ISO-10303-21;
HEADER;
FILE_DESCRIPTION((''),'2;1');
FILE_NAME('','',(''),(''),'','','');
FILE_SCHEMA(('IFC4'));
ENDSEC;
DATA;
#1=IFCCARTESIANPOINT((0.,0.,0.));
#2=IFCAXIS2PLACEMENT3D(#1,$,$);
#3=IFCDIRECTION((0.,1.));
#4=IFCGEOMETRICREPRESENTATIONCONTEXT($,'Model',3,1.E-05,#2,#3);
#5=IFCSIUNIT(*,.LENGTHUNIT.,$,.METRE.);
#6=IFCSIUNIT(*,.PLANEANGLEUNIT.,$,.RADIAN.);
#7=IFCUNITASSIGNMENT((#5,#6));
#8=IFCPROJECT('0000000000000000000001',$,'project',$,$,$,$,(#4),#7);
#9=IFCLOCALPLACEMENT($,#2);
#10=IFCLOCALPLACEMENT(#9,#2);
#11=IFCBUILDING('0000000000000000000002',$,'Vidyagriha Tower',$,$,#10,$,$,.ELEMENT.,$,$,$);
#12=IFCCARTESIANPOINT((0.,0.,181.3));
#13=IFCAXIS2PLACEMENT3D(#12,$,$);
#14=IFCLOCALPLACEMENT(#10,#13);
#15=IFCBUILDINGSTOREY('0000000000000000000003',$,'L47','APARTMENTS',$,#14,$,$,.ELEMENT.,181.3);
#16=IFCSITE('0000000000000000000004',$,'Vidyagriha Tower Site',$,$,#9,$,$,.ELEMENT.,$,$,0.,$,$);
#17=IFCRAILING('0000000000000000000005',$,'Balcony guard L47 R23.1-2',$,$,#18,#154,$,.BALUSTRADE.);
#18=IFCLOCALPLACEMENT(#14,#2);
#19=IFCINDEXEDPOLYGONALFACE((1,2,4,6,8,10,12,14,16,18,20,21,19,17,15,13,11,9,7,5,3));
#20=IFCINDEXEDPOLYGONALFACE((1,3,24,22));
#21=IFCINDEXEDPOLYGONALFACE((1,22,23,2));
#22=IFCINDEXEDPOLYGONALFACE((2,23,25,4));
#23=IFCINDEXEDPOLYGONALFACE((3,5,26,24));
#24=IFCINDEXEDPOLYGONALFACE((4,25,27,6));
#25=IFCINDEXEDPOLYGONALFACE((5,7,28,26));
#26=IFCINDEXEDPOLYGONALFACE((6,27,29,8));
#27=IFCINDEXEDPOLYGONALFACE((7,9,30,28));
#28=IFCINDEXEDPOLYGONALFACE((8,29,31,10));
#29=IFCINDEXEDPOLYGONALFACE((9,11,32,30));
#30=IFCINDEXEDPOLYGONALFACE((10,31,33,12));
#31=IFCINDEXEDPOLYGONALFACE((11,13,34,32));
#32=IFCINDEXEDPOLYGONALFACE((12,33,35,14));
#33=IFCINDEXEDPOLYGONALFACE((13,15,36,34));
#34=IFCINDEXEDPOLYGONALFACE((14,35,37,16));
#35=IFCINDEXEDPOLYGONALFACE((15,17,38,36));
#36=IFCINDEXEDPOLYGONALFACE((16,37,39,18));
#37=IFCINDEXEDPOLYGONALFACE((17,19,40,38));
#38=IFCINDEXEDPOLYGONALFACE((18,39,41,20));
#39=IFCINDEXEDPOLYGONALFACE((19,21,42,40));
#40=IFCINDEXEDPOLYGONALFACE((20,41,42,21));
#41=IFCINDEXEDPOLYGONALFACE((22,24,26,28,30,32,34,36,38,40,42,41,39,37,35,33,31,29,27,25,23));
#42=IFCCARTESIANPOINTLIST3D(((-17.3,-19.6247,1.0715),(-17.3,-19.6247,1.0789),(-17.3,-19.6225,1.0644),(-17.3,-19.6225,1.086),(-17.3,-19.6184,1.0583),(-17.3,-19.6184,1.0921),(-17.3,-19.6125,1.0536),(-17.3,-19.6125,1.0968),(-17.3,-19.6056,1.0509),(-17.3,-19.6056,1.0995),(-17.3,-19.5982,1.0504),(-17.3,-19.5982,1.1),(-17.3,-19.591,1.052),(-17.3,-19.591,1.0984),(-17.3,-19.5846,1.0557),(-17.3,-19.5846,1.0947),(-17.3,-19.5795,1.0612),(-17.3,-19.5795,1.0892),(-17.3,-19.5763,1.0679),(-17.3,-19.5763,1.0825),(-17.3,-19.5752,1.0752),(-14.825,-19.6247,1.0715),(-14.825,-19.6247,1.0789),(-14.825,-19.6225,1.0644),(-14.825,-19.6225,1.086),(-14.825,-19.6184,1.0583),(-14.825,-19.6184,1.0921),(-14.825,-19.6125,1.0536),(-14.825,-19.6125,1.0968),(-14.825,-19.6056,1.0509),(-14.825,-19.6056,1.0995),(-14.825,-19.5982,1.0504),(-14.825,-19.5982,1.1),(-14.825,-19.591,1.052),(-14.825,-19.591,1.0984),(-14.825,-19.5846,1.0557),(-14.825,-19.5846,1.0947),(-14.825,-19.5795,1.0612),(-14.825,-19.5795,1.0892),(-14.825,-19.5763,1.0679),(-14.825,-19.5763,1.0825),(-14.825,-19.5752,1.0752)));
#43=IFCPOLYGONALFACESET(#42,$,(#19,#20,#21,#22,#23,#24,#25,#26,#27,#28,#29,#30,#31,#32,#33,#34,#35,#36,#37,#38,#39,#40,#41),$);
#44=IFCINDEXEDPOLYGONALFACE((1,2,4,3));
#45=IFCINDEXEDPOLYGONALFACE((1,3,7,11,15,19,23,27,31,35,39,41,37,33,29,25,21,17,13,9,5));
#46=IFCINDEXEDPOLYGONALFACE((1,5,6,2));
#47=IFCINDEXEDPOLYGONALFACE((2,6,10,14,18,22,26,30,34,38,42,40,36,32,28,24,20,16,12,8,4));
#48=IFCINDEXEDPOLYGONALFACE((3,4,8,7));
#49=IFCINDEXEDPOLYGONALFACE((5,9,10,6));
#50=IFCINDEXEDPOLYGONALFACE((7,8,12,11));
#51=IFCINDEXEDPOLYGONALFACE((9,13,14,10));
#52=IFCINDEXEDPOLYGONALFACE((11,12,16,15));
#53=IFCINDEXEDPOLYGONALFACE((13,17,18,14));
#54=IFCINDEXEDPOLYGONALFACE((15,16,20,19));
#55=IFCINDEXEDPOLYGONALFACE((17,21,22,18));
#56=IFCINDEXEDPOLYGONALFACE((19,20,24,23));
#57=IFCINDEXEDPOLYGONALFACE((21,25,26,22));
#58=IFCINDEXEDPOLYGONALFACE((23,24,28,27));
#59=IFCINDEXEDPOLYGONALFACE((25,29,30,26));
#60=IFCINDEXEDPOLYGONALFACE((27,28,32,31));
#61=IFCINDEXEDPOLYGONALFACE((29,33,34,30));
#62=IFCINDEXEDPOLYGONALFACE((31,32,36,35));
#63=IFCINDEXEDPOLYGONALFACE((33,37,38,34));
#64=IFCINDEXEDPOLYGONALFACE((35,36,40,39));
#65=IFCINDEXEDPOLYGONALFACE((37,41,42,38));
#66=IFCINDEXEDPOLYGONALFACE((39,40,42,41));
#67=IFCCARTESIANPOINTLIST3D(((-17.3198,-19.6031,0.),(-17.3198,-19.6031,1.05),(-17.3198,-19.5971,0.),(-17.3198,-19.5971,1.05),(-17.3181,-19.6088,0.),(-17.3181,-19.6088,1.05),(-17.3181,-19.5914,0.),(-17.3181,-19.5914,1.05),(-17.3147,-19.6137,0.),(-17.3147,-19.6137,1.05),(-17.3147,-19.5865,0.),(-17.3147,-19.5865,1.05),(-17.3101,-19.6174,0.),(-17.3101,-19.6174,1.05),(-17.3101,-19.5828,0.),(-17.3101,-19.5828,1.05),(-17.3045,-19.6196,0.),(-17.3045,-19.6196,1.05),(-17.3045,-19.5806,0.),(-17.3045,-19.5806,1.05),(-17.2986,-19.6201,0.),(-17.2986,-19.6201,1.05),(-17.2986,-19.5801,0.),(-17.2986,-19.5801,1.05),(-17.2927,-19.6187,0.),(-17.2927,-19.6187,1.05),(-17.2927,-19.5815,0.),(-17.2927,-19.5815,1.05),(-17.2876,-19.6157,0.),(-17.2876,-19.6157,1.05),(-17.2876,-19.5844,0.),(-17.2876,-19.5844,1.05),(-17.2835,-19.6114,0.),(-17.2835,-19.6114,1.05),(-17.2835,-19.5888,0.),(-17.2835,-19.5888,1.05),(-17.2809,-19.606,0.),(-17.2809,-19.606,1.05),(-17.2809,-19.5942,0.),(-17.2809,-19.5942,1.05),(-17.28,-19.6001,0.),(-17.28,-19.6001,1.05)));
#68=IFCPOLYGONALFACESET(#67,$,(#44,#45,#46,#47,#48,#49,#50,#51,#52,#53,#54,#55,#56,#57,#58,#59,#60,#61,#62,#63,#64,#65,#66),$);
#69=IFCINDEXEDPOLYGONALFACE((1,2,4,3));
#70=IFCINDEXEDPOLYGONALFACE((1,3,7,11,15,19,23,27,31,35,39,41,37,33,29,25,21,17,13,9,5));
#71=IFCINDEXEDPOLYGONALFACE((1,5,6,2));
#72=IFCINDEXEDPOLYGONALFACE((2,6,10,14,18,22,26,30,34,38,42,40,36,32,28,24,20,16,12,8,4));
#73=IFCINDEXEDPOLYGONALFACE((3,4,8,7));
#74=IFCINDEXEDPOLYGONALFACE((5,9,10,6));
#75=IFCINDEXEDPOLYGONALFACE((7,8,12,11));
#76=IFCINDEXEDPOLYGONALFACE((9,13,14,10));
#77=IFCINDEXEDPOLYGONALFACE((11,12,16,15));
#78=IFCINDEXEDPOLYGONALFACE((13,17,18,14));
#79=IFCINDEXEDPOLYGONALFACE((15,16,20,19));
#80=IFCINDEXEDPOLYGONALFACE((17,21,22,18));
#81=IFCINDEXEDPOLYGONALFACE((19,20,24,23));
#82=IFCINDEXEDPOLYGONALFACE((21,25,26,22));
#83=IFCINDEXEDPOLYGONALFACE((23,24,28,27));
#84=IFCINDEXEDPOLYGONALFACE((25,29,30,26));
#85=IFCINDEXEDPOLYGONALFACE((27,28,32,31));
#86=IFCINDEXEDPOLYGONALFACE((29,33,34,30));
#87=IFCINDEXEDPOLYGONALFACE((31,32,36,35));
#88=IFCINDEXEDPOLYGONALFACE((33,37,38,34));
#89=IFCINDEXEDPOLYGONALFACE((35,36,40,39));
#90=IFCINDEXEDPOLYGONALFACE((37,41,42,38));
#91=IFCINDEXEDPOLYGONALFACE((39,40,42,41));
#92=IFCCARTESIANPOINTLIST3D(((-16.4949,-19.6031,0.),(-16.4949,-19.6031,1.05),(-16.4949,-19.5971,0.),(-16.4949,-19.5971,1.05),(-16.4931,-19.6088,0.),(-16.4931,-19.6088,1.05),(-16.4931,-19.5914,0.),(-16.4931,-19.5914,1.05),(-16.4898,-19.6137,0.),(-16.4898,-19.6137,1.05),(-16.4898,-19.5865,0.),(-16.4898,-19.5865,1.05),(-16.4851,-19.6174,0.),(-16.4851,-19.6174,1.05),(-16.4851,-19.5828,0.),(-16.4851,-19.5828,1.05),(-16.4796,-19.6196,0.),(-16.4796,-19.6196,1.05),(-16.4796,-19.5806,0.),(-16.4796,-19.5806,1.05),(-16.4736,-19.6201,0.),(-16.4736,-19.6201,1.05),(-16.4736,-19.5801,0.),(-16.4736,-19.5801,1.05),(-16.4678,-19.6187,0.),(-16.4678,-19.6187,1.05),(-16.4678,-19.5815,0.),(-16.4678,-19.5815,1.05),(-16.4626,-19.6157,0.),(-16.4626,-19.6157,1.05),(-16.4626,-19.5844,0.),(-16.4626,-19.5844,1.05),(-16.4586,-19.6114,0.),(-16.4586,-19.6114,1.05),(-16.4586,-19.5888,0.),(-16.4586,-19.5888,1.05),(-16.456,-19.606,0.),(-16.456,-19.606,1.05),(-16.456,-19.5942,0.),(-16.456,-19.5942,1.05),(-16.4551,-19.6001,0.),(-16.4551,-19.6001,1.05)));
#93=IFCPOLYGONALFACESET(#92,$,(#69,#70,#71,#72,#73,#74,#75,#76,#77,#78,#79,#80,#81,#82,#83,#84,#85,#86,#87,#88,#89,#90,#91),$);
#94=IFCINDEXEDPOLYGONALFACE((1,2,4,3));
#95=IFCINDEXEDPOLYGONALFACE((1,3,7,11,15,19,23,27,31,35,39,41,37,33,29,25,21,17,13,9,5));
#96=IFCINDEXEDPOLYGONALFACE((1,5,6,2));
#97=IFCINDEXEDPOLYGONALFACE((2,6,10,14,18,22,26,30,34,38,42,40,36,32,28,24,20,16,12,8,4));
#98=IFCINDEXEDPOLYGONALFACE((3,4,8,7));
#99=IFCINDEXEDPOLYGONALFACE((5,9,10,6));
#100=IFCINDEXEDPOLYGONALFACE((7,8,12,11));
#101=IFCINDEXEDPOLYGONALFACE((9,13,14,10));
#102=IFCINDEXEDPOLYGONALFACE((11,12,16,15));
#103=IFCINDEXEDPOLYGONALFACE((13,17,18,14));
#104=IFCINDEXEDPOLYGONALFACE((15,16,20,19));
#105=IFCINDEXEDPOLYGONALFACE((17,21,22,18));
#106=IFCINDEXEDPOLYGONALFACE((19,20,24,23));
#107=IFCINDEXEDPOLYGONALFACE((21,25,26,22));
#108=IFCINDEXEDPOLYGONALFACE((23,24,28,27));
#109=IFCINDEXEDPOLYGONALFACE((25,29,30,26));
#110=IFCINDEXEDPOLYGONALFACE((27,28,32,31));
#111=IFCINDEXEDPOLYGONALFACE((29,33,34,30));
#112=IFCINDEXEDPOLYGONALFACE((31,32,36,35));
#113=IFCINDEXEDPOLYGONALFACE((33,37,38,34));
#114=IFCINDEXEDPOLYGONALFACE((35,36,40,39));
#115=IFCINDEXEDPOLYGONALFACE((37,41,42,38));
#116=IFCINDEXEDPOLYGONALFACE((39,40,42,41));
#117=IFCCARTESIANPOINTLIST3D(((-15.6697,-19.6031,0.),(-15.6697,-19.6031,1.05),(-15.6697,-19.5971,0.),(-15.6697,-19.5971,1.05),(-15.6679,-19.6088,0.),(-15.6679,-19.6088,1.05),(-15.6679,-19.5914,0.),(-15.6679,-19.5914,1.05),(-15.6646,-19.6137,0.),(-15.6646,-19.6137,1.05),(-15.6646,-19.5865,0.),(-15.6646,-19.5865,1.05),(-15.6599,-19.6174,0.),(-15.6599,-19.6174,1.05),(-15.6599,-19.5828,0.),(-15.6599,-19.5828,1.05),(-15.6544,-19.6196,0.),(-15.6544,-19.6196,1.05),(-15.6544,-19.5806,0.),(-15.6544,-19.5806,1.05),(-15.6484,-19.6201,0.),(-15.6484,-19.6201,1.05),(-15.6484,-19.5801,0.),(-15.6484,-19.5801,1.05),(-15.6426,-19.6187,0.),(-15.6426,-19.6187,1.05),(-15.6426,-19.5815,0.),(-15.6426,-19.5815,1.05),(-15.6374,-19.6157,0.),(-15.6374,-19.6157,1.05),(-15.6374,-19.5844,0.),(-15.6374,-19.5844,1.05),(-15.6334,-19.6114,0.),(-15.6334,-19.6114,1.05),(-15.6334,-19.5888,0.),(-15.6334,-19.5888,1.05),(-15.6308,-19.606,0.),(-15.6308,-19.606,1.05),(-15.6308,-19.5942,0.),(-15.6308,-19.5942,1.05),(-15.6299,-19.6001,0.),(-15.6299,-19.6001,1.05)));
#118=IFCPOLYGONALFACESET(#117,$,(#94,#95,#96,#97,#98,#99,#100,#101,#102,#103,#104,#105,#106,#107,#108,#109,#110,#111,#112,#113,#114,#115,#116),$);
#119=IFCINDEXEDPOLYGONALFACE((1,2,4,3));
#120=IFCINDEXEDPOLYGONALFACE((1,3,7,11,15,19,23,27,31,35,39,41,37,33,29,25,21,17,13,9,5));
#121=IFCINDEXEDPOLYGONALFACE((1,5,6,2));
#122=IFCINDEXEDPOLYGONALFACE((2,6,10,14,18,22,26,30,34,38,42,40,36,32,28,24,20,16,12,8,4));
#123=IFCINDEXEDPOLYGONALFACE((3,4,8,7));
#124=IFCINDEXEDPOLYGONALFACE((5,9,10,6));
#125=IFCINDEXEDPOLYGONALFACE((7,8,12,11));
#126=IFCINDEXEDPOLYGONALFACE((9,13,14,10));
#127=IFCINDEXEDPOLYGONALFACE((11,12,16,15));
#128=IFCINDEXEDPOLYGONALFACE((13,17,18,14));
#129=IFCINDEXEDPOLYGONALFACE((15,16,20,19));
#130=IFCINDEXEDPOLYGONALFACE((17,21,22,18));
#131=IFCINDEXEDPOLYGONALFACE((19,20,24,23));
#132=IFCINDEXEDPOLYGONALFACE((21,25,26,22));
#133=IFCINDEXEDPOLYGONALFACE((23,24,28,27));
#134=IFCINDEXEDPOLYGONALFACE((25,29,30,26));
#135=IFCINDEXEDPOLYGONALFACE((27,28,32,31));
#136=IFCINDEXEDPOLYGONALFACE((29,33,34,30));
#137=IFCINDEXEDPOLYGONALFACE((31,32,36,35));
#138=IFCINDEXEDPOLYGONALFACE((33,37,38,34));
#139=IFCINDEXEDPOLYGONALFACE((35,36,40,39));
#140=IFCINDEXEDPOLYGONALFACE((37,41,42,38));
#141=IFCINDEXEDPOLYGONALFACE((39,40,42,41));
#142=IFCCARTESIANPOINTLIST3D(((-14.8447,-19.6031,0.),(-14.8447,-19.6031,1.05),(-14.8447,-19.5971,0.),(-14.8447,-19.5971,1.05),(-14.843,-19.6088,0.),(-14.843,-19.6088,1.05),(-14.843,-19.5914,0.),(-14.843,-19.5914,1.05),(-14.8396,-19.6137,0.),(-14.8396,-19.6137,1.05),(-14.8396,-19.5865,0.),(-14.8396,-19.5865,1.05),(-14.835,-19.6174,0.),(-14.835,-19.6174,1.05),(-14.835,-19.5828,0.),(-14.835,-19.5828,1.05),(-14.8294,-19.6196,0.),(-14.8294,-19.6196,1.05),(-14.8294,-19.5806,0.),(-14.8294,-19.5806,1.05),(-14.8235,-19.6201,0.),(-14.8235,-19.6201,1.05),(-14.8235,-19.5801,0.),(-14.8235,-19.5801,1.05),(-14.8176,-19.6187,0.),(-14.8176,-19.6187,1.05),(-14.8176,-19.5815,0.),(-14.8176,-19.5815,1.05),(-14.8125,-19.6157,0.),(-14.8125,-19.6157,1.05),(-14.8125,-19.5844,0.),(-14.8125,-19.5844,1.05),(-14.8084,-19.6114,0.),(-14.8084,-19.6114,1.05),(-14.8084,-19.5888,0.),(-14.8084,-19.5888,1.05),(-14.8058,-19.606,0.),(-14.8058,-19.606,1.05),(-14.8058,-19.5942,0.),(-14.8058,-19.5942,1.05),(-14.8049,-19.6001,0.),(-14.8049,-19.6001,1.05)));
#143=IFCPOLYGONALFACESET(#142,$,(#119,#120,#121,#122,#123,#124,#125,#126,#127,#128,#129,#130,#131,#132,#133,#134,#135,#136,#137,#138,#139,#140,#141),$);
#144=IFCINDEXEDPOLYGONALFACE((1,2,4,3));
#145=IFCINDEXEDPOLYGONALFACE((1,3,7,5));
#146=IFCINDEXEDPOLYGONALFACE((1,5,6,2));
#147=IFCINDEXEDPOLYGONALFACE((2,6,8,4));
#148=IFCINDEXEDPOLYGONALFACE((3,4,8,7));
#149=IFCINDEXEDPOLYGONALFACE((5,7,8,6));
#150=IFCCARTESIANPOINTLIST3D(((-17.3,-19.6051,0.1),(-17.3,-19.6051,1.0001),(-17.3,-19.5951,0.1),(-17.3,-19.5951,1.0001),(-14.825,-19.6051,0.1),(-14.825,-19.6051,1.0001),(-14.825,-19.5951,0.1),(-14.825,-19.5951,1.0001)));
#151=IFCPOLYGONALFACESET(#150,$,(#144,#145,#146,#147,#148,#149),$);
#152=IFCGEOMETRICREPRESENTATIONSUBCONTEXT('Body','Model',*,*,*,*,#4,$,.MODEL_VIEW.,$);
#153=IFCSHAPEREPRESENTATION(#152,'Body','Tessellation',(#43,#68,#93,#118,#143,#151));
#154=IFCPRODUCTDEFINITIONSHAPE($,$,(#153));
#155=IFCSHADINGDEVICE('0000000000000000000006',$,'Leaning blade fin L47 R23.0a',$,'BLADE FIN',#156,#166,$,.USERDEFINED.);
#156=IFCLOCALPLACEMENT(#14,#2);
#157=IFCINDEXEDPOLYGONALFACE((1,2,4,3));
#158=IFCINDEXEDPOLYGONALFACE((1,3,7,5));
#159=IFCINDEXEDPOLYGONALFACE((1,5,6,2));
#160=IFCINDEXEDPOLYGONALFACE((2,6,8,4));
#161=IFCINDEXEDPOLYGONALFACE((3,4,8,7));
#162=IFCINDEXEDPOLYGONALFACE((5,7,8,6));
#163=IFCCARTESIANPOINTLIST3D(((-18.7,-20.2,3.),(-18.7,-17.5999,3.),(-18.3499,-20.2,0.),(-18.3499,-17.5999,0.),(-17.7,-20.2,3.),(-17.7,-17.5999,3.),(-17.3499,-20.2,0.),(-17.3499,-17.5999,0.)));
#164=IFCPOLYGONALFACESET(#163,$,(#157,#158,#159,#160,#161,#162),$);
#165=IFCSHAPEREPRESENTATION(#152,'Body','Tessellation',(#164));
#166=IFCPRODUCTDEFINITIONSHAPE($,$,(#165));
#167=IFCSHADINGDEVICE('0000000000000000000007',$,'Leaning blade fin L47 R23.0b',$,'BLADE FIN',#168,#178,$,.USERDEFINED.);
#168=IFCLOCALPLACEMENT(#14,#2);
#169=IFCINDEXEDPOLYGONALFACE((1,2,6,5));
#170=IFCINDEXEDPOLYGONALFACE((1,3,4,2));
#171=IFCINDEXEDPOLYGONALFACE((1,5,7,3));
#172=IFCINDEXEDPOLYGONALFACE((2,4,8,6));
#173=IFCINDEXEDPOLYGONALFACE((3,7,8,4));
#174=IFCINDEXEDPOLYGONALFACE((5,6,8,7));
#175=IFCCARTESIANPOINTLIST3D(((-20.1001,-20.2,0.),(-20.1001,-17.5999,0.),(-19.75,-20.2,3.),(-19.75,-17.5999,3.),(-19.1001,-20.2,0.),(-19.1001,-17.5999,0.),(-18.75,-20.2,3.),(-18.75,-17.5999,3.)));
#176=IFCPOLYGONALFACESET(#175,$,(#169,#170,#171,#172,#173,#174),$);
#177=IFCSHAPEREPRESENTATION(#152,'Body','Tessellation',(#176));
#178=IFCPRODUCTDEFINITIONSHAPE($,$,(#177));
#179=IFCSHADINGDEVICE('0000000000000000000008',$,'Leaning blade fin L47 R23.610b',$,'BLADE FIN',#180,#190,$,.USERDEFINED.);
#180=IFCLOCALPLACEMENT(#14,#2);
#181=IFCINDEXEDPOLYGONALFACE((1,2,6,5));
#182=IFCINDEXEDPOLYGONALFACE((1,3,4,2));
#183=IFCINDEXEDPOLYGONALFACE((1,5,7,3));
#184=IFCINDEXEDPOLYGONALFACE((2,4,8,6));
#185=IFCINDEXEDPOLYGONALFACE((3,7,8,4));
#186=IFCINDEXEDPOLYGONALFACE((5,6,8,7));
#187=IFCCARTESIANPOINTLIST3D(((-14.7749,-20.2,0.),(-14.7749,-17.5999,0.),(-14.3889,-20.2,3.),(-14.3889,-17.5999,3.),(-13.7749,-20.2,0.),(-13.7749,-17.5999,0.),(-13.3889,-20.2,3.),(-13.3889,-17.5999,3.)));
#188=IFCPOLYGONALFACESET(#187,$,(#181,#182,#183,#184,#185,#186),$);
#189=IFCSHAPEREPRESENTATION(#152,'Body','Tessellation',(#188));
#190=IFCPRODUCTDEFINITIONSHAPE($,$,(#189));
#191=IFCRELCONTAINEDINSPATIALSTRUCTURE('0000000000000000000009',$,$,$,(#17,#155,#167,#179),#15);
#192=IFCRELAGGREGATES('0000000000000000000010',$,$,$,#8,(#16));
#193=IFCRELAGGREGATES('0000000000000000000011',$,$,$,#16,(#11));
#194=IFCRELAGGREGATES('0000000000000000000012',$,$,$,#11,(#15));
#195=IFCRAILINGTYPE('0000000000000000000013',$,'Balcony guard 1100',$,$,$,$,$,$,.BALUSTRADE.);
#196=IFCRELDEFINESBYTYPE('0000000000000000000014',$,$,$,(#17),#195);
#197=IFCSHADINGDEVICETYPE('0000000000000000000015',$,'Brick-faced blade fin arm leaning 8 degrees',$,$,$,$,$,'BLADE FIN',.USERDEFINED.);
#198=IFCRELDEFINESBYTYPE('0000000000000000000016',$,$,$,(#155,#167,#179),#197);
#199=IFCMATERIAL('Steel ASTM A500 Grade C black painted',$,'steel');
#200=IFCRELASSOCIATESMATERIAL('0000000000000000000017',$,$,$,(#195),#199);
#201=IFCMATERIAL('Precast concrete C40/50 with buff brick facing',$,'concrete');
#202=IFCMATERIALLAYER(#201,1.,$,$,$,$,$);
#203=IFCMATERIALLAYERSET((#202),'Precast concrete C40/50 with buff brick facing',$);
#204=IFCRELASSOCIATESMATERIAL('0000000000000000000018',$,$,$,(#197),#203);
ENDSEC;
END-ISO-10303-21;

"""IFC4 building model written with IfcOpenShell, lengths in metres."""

from ifc_helpers import new_model, si_unit, direction, frame, origin, origin_2d, place, context, subcontext, project, spatial, polyline, rectangle, circle, outline, extrude, material, layer, layer_set, type_object, element, save


model = new_model("IFC4")

# Units and contexts
model_context = context("Model", 3, precision=1e-05, world=origin(), true_north=direction((0.0, 1.0)))
body_context = subcontext(model_context, "Body", "Model", "MODEL_VIEW")
ifc_project = project(units=[si_unit("LENGTHUNIT", "METRE"), si_unit("PLANEANGLEUNIT", "RADIAN")], contexts=[model_context])

# Site, building, storey
site_placement = place(None, origin())
site = spatial("IfcSite", under=ifc_project, at=site_placement, Name="Vidyagriha Tower Site", CompositionType="ELEMENT", RefElevation=0.0)
building_placement = place(site_placement, origin())
building = spatial("IfcBuilding", under=site, at=building_placement, Name="Vidyagriha Tower", CompositionType="ELEMENT")
storey_placement = place(building_placement, frame((0.0, 0.0, 181.3)))
storey = spatial("IfcBuildingStorey", under=building, at=storey_placement, Name="L47", Description="APARTMENTS", CompositionType="ELEMENT", Elevation=181.3)

# Railing
ifc_material_1 = material(Name="Steel ASTM A500 Grade C black painted", Category="steel")
railing_type_1 = type_object("IfcRailingType", Name="Balcony guard 1100", PredefinedType="BALUSTRADE", material=ifc_material_1)
railing_1_placement = place(storey_placement, frame((-17.3, -19.6001, 0.0)))
element("IfcRailing", 1, at=railing_1_placement, inside=storey, type_object=railing_type_1, Name="Balcony guard L47 R23.1-2", PredefinedType="BALUSTRADE", context=body_context, shape_type="SweptSolid", body=[
    extrude(circle(Radius=0.0249, at=origin_2d()), frame((0.0, 0.0, 1.0752), z_axis=(1.0, 0.0, 0.0), x_axis=(0.0, 1.0, 0.0)), (0.0, 0.0, 1.0), 2.4751),
    extrude(circle(Radius=0.02, at=origin_2d()), origin(), (0.0, 0.0, 1.0), 1.05),
    extrude(circle(Radius=0.02, at=origin_2d()), frame((0.825, 0.0, 0.0)), (0.0, 0.0, 1.0), 1.05),
    extrude(circle(Radius=0.02, at=origin_2d()), frame((1.6501, 0.0, 0.0)), (0.0, 0.0, 1.0), 1.05),
    extrude(circle(Radius=0.02, at=origin_2d()), frame((2.4751, 0.0, 0.0)), (0.0, 0.0, 1.0), 1.05),
    extrude(rectangle(XDim=0.01, YDim=0.9001, at=origin_2d()), frame((0.0, 0.0, 0.55), z_axis=(1.0, 0.0, 0.0), x_axis=(0.0, 1.0, 0.0)), (0.0, 0.0, 1.0), 2.4751),
])

# Shading devices
ifc_material_2 = material(Name="Precast concrete C40/50 with buff brick facing", Category="concrete")
ifc_layer_1 = layer(ifc_material_2, 1.0)
ifc_layer_set_1 = layer_set([ifc_layer_1], Name="Precast concrete C40/50 with buff brick facing")
shading_device_type = type_object("IfcShadingDeviceType", Name="Brick-faced blade fin arm leaning 8 degrees", ElementType="BLADE FIN", PredefinedType="USERDEFINED", material=ifc_layer_set_1)
shading_device_1_placement = place(storey_placement, frame((-18.7, -18.8999, 0.0)))
element("IfcShadingDevice", 2, at=shading_device_1_placement, inside=storey, type_object=shading_device_type, Name="Leaning blade fin L47 R23.0a", ObjectType="BLADE FIN", PredefinedType="USERDEFINED", context=body_context, shape_type="SweptSolid", body=[
    extrude(outline(polyline([(0.3501, 0.0), (1.3501, 0.0), (1.0, 3.0), (0.0, 3.0), (0.3501, 0.0)])), frame((0.0, 1.3, 0.0), z_axis=(0.0, -1.0, 0.0), x_axis=(1.0, 0.0, 0.0)), (0.0, 0.0, 1.0), 2.6001),
])
shading_device_2_placement = place(storey_placement, frame((-20.1001, -18.8999, 0.0)))
element("IfcShadingDevice", 3, at=shading_device_2_placement, inside=storey, type_object=shading_device_type, Name="Leaning blade fin L47 R23.0b", ObjectType="BLADE FIN", PredefinedType="USERDEFINED", context=body_context, shape_type="SweptSolid", body=[
    extrude(outline(polyline([(0.0, 0.0), (1.0, 0.0), (1.3501, 3.0), (0.3501, 3.0), (0.0, 0.0)])), frame((0.0, 1.3, 0.0), z_axis=(0.0, -1.0, 0.0), x_axis=(1.0, 0.0, 0.0)), (0.0, 0.0, 1.0), 2.6001),
])
shading_device_3_placement = place(storey_placement, frame((-14.7749, -18.8999, 0.0)))
element("IfcShadingDevice", 4, at=shading_device_3_placement, inside=storey, type_object=shading_device_type, Name="Leaning blade fin L47 R23.610b", ObjectType="BLADE FIN", PredefinedType="USERDEFINED", context=body_context, shape_type="SweptSolid", body=[
    extrude(outline(polyline([(0.0, 0.0), (1.0, 0.0), (1.386, 3.0), (0.386, 3.0), (0.0, 0.0)])), frame((0.0, 1.3, 0.0), z_axis=(0.0, -1.0, 0.0), x_axis=(1.0, 0.0, 0.0)), (0.0, 0.0, 1.0), 2.6001),
])

save(model, "model.ifc")
